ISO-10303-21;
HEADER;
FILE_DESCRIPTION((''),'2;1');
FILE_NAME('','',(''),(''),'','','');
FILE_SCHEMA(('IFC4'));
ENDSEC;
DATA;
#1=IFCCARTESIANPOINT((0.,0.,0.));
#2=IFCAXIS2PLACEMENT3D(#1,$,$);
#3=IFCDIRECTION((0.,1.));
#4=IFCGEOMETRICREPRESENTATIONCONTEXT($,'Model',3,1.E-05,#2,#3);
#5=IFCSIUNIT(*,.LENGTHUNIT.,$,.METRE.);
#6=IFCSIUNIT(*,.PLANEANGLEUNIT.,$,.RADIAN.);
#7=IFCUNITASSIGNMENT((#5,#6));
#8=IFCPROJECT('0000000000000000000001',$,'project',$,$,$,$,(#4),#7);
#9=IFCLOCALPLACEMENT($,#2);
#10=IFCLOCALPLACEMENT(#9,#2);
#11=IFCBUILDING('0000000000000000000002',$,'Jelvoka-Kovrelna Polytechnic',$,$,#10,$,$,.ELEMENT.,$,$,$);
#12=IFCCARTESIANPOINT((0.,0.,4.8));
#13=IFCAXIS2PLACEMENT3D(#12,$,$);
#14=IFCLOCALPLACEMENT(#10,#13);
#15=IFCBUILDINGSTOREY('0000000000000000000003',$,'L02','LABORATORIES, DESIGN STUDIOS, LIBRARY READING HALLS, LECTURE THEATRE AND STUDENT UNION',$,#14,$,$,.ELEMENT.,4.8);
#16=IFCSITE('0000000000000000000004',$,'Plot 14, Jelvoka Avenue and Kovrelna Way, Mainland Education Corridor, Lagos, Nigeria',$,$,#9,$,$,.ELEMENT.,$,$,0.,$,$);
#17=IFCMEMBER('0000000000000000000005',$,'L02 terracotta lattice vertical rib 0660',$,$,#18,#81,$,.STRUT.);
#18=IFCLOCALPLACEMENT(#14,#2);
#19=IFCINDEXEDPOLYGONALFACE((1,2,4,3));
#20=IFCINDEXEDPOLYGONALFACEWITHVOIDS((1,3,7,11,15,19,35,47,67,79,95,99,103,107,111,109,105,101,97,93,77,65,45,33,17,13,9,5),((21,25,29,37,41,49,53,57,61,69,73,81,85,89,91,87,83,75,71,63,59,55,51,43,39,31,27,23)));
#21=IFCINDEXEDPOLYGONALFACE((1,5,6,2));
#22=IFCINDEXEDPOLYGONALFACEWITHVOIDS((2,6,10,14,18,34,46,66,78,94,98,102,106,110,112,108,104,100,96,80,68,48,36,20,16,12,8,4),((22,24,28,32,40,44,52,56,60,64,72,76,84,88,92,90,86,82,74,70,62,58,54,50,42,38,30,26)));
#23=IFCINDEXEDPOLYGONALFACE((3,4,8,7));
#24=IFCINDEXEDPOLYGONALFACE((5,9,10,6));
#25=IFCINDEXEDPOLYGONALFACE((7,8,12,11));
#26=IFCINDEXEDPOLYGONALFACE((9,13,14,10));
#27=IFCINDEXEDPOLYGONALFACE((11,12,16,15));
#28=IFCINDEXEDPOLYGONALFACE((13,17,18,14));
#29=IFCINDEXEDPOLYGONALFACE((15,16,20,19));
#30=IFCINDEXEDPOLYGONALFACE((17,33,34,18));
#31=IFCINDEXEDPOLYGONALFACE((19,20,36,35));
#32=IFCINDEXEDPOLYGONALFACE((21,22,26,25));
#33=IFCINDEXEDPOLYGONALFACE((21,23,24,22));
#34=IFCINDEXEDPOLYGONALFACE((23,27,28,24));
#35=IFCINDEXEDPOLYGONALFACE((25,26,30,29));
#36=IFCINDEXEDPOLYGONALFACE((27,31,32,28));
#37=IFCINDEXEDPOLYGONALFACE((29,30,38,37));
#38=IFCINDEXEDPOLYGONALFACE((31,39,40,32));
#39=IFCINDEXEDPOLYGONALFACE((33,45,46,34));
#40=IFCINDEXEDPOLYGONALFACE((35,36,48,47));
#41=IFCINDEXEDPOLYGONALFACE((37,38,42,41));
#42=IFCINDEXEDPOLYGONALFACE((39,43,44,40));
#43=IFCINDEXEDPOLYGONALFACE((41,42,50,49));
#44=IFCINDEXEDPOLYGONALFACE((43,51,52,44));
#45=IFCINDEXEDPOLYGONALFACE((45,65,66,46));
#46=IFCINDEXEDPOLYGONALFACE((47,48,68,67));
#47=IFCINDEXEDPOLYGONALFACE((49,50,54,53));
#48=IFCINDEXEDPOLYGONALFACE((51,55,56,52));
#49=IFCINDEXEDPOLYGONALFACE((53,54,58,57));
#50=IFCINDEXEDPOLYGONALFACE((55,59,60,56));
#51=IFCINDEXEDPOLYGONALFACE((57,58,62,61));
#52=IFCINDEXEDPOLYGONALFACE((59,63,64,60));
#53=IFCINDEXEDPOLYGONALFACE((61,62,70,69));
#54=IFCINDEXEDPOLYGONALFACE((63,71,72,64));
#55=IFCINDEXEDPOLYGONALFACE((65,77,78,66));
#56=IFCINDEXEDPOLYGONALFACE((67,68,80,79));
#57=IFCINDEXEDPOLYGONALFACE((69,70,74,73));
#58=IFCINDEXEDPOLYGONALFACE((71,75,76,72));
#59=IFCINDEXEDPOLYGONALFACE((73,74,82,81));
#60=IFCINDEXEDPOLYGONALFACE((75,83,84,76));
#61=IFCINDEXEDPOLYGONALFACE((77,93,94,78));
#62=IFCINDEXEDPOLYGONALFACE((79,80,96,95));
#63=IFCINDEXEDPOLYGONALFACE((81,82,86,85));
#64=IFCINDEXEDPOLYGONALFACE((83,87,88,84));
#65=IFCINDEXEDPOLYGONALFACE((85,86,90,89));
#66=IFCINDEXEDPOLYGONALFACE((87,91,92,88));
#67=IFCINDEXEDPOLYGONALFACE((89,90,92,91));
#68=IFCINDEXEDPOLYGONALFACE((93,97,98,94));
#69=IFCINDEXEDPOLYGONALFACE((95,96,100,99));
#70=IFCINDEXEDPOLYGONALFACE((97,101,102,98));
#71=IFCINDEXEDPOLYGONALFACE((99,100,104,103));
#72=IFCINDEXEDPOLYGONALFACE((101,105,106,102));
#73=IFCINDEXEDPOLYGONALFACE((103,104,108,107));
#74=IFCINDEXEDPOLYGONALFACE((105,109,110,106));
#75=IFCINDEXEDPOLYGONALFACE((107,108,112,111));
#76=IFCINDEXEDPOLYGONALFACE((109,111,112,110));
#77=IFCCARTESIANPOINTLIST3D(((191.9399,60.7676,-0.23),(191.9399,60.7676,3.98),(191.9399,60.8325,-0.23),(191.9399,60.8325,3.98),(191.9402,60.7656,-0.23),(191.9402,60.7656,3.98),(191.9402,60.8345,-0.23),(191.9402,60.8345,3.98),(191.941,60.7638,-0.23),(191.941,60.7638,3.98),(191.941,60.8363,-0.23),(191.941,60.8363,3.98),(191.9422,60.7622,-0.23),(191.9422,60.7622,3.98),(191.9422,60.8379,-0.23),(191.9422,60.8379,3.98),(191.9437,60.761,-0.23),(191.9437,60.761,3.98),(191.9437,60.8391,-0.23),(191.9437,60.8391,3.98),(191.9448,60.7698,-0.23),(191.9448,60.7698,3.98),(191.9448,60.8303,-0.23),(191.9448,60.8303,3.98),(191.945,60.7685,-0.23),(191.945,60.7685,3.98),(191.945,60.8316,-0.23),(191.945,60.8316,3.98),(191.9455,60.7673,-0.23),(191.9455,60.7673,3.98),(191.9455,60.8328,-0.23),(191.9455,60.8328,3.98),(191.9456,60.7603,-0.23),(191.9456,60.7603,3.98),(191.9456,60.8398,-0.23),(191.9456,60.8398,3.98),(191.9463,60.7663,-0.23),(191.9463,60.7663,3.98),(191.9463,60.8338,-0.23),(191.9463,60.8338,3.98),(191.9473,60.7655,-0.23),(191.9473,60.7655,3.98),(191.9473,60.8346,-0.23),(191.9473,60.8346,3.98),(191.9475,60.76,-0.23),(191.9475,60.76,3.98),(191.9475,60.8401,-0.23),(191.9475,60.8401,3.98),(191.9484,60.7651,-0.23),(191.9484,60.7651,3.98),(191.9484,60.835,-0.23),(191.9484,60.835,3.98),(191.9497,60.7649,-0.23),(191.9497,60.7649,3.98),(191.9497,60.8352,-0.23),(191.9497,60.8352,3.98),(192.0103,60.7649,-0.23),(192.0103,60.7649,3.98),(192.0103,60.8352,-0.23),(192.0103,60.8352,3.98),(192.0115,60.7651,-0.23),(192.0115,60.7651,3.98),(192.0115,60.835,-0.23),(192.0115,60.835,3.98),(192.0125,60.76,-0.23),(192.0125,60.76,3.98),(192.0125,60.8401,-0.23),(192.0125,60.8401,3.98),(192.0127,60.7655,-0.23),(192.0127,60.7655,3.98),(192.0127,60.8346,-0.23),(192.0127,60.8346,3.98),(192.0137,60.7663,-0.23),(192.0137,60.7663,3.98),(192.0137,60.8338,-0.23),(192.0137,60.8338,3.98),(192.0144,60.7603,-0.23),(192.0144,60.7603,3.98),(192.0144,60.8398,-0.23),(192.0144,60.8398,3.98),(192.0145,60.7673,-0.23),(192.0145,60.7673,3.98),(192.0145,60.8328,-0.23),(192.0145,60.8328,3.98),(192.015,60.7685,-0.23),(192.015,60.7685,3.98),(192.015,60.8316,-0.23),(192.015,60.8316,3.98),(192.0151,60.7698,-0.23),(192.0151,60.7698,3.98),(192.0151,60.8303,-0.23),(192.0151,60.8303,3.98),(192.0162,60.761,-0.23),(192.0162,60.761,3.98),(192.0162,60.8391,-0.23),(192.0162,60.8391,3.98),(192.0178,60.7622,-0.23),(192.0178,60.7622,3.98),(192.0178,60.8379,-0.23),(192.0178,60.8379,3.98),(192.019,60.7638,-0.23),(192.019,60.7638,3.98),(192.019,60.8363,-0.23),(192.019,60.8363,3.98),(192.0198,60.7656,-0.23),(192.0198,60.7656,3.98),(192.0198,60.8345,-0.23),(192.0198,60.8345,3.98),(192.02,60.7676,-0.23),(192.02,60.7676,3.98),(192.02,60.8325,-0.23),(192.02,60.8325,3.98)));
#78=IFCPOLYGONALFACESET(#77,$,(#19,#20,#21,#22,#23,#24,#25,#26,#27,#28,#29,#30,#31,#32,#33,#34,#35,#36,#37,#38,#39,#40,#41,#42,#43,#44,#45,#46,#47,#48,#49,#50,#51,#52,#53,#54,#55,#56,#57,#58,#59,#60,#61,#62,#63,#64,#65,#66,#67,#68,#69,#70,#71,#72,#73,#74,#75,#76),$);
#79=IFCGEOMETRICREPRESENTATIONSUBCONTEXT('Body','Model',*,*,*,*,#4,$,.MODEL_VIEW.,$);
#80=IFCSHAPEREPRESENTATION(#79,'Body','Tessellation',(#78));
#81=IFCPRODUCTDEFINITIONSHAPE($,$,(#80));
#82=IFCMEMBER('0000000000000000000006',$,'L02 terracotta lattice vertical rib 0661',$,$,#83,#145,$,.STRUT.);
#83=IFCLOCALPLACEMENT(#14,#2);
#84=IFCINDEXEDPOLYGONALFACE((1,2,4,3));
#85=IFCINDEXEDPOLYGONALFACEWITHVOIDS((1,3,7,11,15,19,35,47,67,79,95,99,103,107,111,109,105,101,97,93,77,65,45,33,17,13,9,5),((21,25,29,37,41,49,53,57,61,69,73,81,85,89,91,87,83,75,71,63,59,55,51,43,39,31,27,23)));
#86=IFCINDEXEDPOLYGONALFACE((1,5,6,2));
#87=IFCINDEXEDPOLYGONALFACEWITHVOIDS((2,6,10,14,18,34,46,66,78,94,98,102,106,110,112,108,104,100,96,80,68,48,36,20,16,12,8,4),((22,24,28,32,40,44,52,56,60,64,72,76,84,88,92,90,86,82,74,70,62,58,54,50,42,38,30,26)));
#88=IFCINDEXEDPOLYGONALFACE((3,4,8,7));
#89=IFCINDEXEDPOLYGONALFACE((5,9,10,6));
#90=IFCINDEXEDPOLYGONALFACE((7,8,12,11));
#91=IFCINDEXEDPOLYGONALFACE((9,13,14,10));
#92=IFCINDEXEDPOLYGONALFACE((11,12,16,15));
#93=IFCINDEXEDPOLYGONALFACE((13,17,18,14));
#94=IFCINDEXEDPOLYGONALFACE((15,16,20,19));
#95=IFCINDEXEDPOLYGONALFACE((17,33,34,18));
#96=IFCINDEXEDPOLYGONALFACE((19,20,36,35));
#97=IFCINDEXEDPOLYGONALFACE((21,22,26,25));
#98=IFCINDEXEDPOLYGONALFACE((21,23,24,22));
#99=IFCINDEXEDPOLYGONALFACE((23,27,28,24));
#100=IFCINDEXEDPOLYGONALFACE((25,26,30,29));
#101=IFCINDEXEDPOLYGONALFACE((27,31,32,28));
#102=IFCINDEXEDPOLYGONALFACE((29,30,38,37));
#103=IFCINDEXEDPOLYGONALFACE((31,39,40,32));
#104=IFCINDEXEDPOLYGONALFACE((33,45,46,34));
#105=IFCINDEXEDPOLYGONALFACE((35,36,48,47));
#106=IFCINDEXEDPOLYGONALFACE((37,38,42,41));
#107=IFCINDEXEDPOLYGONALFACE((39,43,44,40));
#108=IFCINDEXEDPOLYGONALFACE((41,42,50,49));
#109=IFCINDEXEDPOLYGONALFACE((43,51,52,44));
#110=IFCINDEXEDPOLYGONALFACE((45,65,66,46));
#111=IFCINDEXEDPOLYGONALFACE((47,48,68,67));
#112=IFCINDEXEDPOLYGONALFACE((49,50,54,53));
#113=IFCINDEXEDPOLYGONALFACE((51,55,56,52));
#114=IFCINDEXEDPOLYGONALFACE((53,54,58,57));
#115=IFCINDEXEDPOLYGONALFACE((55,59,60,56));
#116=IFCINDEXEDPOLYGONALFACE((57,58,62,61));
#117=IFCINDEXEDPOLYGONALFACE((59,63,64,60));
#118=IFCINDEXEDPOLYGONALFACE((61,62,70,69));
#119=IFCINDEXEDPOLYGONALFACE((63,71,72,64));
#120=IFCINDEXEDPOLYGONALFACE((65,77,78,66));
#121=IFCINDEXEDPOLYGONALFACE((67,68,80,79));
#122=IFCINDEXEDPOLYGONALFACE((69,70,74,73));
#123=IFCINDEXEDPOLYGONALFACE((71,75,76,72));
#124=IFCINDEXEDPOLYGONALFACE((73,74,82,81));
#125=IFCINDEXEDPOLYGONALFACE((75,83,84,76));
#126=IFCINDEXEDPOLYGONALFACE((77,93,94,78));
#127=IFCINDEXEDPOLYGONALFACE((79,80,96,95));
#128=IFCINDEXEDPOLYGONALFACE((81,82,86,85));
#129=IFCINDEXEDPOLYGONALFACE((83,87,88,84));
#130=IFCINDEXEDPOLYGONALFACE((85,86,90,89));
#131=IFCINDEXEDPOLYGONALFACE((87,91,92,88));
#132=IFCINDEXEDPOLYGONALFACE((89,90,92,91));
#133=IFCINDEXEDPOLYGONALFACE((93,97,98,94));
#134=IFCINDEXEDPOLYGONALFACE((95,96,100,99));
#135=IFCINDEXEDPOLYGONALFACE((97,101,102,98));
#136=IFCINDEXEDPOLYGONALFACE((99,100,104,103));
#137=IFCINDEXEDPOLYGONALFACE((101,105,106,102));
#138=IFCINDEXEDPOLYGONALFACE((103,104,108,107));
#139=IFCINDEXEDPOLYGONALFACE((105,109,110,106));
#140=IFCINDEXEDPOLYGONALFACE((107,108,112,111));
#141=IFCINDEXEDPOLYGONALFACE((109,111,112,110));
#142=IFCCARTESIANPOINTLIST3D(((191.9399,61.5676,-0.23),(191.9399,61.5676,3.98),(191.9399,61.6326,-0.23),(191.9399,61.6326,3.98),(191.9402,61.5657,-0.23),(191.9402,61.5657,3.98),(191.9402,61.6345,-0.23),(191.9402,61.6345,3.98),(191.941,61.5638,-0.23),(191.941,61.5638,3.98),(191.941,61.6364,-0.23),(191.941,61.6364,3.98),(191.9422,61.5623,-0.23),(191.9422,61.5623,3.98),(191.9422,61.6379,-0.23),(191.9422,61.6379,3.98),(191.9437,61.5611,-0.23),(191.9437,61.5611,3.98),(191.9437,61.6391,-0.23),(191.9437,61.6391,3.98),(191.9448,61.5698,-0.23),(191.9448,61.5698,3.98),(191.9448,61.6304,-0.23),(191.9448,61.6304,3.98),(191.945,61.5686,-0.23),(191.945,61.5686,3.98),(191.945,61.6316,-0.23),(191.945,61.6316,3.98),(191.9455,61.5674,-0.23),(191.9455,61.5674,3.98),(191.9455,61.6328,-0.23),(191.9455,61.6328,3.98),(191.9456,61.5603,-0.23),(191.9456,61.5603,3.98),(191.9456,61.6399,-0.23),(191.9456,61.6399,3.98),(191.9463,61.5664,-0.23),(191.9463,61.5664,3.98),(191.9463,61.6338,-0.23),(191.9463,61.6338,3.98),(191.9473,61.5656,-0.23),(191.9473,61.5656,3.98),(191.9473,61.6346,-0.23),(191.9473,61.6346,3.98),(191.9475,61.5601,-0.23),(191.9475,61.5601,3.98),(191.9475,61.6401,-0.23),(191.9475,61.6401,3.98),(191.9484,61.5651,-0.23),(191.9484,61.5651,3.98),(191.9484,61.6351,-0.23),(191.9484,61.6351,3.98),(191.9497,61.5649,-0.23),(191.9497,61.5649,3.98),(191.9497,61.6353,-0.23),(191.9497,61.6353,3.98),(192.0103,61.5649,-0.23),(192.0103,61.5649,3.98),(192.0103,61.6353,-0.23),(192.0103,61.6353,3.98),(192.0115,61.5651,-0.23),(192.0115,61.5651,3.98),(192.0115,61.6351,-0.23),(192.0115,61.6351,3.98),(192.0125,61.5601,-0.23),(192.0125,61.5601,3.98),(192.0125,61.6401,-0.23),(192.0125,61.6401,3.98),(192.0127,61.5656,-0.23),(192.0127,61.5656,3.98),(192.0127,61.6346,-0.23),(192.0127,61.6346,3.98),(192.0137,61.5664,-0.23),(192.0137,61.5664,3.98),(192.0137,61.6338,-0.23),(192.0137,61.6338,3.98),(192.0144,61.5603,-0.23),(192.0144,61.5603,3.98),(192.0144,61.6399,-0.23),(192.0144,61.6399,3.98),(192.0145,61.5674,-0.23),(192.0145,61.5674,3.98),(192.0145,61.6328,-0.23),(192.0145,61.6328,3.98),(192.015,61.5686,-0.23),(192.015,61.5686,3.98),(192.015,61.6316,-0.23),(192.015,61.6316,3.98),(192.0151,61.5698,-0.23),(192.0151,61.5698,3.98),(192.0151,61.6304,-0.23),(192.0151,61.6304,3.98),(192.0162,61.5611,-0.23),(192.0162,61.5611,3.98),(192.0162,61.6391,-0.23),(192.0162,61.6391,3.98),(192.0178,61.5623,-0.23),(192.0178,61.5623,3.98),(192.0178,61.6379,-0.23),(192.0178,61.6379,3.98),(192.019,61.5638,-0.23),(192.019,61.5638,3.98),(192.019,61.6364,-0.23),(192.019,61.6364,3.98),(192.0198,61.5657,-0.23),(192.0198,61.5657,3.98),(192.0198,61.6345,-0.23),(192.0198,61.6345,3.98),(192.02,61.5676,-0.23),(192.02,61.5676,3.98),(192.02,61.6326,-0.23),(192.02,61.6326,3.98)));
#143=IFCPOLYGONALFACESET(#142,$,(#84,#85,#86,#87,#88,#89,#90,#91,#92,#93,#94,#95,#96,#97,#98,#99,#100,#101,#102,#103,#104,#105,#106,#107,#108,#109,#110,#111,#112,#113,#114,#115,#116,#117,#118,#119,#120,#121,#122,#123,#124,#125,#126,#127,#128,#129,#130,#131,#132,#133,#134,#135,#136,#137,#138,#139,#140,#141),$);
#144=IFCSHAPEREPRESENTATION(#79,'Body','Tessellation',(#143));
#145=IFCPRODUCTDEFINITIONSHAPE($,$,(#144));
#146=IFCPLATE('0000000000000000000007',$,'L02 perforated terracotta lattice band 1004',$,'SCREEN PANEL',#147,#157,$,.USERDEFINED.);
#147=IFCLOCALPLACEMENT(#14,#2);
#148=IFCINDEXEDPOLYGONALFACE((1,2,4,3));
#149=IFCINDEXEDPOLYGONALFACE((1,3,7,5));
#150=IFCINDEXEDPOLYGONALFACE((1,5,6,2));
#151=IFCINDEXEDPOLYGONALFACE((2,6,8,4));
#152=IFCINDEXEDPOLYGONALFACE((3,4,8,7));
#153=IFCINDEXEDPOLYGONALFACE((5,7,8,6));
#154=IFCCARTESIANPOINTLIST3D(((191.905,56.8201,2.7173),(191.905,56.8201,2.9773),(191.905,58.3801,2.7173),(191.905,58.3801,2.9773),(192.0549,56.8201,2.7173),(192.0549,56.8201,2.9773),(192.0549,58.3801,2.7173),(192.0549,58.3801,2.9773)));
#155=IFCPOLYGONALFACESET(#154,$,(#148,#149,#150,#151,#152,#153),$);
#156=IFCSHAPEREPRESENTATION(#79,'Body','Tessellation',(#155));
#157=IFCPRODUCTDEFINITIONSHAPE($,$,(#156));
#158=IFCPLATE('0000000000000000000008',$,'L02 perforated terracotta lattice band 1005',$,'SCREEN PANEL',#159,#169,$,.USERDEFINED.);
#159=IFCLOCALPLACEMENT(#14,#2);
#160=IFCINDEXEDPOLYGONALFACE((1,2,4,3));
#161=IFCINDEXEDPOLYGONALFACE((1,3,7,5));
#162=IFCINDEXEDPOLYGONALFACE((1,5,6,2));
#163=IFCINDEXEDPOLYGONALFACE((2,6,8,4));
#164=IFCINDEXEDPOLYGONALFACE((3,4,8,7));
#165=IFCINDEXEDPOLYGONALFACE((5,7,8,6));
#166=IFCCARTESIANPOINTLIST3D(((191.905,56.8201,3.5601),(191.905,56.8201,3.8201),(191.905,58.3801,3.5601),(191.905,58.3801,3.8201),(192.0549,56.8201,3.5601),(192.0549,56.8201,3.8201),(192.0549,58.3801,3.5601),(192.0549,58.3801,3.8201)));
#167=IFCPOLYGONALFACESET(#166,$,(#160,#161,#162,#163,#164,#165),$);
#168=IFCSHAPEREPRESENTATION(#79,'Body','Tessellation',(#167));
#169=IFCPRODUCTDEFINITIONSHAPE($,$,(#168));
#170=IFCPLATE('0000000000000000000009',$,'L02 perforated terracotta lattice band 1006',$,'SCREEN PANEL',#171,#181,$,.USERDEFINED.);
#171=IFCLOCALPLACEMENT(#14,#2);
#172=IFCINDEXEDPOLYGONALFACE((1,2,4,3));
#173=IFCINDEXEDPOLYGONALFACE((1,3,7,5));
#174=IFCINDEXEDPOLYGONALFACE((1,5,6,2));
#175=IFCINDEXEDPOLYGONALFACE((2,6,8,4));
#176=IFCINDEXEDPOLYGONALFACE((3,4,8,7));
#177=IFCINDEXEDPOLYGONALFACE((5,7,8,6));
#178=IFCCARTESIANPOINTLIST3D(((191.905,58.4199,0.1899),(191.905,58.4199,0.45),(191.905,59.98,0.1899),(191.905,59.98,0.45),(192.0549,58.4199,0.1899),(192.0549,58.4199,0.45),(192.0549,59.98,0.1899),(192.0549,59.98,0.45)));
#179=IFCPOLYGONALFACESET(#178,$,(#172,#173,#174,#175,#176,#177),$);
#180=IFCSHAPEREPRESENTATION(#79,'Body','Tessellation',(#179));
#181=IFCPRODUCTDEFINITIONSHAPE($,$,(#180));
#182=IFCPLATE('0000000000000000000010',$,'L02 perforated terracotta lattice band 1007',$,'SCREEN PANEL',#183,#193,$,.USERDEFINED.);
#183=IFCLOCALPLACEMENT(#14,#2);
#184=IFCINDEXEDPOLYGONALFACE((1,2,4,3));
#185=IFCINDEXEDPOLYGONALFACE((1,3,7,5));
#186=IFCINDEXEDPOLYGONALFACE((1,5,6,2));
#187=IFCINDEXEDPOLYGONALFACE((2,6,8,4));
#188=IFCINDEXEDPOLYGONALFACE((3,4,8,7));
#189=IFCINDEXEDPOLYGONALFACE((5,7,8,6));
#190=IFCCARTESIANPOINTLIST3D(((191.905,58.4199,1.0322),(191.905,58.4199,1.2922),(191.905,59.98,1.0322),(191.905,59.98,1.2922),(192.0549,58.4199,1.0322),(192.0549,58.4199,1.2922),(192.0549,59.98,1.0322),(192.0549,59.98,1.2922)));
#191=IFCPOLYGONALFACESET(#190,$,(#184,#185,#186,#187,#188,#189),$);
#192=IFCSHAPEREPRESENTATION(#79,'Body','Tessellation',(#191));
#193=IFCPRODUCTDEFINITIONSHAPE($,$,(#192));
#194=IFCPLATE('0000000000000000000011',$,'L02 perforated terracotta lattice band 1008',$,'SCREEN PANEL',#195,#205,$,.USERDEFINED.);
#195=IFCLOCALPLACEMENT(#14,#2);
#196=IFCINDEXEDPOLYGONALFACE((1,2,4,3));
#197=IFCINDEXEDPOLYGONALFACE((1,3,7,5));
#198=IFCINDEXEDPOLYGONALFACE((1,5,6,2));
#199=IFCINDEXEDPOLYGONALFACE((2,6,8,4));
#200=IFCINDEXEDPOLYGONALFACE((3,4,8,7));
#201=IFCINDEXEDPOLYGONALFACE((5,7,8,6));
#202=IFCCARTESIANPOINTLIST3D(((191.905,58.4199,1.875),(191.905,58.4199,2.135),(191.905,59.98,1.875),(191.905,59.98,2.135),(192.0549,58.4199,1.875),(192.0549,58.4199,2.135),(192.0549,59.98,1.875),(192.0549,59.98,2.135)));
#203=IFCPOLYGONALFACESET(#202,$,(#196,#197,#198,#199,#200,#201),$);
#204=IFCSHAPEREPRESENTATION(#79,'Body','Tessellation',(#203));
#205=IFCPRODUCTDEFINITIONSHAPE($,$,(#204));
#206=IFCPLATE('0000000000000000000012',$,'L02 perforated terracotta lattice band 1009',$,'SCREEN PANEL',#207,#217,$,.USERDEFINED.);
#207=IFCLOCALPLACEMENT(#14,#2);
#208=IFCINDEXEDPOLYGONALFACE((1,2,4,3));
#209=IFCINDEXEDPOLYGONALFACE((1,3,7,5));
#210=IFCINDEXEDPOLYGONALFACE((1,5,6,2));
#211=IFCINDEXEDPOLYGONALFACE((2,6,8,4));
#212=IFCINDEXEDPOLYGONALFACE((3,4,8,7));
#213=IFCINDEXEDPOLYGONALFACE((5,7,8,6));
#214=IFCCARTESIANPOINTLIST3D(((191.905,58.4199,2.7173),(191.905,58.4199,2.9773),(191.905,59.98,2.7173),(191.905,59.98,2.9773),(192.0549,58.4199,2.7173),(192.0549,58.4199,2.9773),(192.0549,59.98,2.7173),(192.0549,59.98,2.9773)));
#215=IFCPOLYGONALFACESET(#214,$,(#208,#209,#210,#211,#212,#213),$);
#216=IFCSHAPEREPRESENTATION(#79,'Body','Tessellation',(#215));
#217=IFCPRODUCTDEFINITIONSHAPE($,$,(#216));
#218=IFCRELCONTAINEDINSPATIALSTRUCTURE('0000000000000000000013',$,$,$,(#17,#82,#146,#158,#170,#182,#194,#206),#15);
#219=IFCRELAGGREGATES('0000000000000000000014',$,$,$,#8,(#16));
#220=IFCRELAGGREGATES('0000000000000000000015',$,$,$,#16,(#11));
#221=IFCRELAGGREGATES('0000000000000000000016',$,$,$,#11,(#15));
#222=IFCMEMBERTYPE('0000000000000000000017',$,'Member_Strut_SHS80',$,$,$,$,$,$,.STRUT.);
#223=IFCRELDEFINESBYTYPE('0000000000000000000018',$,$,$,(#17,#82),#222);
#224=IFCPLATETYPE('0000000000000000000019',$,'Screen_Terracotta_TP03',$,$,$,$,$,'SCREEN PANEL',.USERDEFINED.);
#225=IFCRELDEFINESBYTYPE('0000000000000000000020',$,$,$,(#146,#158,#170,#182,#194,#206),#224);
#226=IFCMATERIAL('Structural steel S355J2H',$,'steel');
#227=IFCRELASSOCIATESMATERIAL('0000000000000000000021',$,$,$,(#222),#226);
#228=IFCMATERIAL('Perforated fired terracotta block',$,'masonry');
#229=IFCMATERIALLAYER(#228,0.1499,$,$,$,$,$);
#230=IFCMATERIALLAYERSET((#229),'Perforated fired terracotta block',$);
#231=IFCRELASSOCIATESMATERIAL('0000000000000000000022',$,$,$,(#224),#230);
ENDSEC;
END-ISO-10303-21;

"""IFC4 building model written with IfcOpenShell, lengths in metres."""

from ifc_helpers import new_model, si_unit, direction, frame, origin, origin_2d, place, context, subcontext, project, spatial, rectangle, hollow_rectangle, extrude, material, layer, layer_set, material_profile, profile_set, type_object, element, save


model = new_model("IFC4")

# Units and contexts
model_context = context("Model", 3, precision=1e-05, world=origin(), true_north=direction((0.0, 1.0)))
body_context = subcontext(model_context, "Body", "Model", "MODEL_VIEW")
ifc_project = project(units=[si_unit("LENGTHUNIT", "METRE"), si_unit("PLANEANGLEUNIT", "RADIAN")], contexts=[model_context])

# Site, building, storey
site_placement = place(None, origin())
site = spatial("IfcSite", under=ifc_project, at=site_placement, Name="Plot 14, Jelvoka Avenue and Kovrelna Way, Mainland Education Corridor, Lagos, Nigeria", CompositionType="ELEMENT", RefElevation=0.0)
building_placement = place(site_placement, origin())
building = spatial("IfcBuilding", under=site, at=building_placement, Name="Jelvoka-Kovrelna Polytechnic", CompositionType="ELEMENT")
storey_placement = place(building_placement, frame((0.0, 0.0, 4.8)))
storey = spatial("IfcBuildingStorey", under=building, at=storey_placement, Name="L02", Description="LABORATORIES, DESIGN STUDIOS, LIBRARY READING HALLS, LECTURE THEATRE AND STUDENT UNION", CompositionType="ELEMENT", Elevation=4.8)

# Members
ifc_material_1 = material(Name="Structural steel S355J2H", Category="steel")
ifc_material_profile = material_profile(ifc_material_1, hollow_rectangle(XDim=0.0801, YDim=0.0801, WallThickness=0.0049, InnerFilletRadius=0.0049, OuterFilletRadius=0.0076, at=origin_2d()), Name="80x80x5.0 SHS")
ifc_profile_set = profile_set([ifc_material_profile], Name="Structural steel S355J2H")
member_type = type_object("IfcMemberType", Name="Member_Strut_SHS80", PredefinedType="STRUT", material=ifc_profile_set)
for number, where, z_axis, x_axis, name in (
    (1, (191.98, 60.8, -0.23), (0.0, 0.0, 1.0), (1.0, 0.0, 0.0), "L02 terracotta lattice vertical rib 0660"),
    (2, (191.98, 61.6001, -0.23), (0.0, 0.0, 1.0), (1.0, 0.0, 0.0), "L02 terracotta lattice vertical rib 0661"),
):
    element("IfcMember", number, at=place(storey_placement, frame(where, z_axis=z_axis, x_axis=x_axis)), inside=storey, type_object=member_type, Name=name, PredefinedType="STRUT", context=body_context, shape_type="SweptSolid", body=[
        extrude(hollow_rectangle(XDim=0.0801, YDim=0.0801, WallThickness=0.0049, InnerFilletRadius=0.0049, OuterFilletRadius=0.0076, at=origin_2d()), origin(), (0.0, 0.0, 1.0), 4.21),
    ])

# Plates
ifc_material_2 = material(Name="Perforated fired terracotta block", Category="masonry")
ifc_layer = layer(ifc_material_2, 0.1499)
ifc_layer_set = layer_set([ifc_layer], Name="Perforated fired terracotta block")
plate_type = type_object("IfcPlateType", Name="Screen_Terracotta_TP03", ElementType="SCREEN PANEL", PredefinedType="USERDEFINED", material=ifc_layer_set)
for number, where, z_axis, x_axis, name in (
    (3, (191.98, 57.6001, 2.7173), (0.0, 0.0, 1.0), (0.0, 1.0, 0.0), "L02 perforated terracotta lattice band 1004"),
    (4, (191.98, 57.6001, 3.5601), (0.0, 0.0, 1.0), (0.0, 1.0, 0.0), "L02 perforated terracotta lattice band 1005"),
    (5, (191.98, 59.2, 0.1899), (0.0, 0.0, 1.0), (0.0, 1.0, 0.0), "L02 perforated terracotta lattice band 1006"),
    (6, (191.98, 59.2, 1.0322), (0.0, 0.0, 1.0), (0.0, 1.0, 0.0), "L02 perforated terracotta lattice band 1007"),
    (7, (191.98, 59.2, 1.875), (0.0, 0.0, 1.0), (0.0, 1.0, 0.0), "L02 perforated terracotta lattice band 1008"),
    (8, (191.98, 59.2, 2.7173), (0.0, 0.0, 1.0), (0.0, 1.0, 0.0), "L02 perforated terracotta lattice band 1009"),
):
    element("IfcPlate", number, at=place(storey_placement, frame(where, z_axis=z_axis, x_axis=x_axis)), inside=storey, type_object=plate_type, Name=name, ObjectType="SCREEN PANEL", PredefinedType="USERDEFINED", context=body_context, shape_type="SweptSolid", body=[
        extrude(rectangle(XDim=1.5601, YDim=0.1499, at=origin_2d()), origin(), (0.0, 0.0, 1.0), 0.26),
    ])

save(model, "model.ifc")
